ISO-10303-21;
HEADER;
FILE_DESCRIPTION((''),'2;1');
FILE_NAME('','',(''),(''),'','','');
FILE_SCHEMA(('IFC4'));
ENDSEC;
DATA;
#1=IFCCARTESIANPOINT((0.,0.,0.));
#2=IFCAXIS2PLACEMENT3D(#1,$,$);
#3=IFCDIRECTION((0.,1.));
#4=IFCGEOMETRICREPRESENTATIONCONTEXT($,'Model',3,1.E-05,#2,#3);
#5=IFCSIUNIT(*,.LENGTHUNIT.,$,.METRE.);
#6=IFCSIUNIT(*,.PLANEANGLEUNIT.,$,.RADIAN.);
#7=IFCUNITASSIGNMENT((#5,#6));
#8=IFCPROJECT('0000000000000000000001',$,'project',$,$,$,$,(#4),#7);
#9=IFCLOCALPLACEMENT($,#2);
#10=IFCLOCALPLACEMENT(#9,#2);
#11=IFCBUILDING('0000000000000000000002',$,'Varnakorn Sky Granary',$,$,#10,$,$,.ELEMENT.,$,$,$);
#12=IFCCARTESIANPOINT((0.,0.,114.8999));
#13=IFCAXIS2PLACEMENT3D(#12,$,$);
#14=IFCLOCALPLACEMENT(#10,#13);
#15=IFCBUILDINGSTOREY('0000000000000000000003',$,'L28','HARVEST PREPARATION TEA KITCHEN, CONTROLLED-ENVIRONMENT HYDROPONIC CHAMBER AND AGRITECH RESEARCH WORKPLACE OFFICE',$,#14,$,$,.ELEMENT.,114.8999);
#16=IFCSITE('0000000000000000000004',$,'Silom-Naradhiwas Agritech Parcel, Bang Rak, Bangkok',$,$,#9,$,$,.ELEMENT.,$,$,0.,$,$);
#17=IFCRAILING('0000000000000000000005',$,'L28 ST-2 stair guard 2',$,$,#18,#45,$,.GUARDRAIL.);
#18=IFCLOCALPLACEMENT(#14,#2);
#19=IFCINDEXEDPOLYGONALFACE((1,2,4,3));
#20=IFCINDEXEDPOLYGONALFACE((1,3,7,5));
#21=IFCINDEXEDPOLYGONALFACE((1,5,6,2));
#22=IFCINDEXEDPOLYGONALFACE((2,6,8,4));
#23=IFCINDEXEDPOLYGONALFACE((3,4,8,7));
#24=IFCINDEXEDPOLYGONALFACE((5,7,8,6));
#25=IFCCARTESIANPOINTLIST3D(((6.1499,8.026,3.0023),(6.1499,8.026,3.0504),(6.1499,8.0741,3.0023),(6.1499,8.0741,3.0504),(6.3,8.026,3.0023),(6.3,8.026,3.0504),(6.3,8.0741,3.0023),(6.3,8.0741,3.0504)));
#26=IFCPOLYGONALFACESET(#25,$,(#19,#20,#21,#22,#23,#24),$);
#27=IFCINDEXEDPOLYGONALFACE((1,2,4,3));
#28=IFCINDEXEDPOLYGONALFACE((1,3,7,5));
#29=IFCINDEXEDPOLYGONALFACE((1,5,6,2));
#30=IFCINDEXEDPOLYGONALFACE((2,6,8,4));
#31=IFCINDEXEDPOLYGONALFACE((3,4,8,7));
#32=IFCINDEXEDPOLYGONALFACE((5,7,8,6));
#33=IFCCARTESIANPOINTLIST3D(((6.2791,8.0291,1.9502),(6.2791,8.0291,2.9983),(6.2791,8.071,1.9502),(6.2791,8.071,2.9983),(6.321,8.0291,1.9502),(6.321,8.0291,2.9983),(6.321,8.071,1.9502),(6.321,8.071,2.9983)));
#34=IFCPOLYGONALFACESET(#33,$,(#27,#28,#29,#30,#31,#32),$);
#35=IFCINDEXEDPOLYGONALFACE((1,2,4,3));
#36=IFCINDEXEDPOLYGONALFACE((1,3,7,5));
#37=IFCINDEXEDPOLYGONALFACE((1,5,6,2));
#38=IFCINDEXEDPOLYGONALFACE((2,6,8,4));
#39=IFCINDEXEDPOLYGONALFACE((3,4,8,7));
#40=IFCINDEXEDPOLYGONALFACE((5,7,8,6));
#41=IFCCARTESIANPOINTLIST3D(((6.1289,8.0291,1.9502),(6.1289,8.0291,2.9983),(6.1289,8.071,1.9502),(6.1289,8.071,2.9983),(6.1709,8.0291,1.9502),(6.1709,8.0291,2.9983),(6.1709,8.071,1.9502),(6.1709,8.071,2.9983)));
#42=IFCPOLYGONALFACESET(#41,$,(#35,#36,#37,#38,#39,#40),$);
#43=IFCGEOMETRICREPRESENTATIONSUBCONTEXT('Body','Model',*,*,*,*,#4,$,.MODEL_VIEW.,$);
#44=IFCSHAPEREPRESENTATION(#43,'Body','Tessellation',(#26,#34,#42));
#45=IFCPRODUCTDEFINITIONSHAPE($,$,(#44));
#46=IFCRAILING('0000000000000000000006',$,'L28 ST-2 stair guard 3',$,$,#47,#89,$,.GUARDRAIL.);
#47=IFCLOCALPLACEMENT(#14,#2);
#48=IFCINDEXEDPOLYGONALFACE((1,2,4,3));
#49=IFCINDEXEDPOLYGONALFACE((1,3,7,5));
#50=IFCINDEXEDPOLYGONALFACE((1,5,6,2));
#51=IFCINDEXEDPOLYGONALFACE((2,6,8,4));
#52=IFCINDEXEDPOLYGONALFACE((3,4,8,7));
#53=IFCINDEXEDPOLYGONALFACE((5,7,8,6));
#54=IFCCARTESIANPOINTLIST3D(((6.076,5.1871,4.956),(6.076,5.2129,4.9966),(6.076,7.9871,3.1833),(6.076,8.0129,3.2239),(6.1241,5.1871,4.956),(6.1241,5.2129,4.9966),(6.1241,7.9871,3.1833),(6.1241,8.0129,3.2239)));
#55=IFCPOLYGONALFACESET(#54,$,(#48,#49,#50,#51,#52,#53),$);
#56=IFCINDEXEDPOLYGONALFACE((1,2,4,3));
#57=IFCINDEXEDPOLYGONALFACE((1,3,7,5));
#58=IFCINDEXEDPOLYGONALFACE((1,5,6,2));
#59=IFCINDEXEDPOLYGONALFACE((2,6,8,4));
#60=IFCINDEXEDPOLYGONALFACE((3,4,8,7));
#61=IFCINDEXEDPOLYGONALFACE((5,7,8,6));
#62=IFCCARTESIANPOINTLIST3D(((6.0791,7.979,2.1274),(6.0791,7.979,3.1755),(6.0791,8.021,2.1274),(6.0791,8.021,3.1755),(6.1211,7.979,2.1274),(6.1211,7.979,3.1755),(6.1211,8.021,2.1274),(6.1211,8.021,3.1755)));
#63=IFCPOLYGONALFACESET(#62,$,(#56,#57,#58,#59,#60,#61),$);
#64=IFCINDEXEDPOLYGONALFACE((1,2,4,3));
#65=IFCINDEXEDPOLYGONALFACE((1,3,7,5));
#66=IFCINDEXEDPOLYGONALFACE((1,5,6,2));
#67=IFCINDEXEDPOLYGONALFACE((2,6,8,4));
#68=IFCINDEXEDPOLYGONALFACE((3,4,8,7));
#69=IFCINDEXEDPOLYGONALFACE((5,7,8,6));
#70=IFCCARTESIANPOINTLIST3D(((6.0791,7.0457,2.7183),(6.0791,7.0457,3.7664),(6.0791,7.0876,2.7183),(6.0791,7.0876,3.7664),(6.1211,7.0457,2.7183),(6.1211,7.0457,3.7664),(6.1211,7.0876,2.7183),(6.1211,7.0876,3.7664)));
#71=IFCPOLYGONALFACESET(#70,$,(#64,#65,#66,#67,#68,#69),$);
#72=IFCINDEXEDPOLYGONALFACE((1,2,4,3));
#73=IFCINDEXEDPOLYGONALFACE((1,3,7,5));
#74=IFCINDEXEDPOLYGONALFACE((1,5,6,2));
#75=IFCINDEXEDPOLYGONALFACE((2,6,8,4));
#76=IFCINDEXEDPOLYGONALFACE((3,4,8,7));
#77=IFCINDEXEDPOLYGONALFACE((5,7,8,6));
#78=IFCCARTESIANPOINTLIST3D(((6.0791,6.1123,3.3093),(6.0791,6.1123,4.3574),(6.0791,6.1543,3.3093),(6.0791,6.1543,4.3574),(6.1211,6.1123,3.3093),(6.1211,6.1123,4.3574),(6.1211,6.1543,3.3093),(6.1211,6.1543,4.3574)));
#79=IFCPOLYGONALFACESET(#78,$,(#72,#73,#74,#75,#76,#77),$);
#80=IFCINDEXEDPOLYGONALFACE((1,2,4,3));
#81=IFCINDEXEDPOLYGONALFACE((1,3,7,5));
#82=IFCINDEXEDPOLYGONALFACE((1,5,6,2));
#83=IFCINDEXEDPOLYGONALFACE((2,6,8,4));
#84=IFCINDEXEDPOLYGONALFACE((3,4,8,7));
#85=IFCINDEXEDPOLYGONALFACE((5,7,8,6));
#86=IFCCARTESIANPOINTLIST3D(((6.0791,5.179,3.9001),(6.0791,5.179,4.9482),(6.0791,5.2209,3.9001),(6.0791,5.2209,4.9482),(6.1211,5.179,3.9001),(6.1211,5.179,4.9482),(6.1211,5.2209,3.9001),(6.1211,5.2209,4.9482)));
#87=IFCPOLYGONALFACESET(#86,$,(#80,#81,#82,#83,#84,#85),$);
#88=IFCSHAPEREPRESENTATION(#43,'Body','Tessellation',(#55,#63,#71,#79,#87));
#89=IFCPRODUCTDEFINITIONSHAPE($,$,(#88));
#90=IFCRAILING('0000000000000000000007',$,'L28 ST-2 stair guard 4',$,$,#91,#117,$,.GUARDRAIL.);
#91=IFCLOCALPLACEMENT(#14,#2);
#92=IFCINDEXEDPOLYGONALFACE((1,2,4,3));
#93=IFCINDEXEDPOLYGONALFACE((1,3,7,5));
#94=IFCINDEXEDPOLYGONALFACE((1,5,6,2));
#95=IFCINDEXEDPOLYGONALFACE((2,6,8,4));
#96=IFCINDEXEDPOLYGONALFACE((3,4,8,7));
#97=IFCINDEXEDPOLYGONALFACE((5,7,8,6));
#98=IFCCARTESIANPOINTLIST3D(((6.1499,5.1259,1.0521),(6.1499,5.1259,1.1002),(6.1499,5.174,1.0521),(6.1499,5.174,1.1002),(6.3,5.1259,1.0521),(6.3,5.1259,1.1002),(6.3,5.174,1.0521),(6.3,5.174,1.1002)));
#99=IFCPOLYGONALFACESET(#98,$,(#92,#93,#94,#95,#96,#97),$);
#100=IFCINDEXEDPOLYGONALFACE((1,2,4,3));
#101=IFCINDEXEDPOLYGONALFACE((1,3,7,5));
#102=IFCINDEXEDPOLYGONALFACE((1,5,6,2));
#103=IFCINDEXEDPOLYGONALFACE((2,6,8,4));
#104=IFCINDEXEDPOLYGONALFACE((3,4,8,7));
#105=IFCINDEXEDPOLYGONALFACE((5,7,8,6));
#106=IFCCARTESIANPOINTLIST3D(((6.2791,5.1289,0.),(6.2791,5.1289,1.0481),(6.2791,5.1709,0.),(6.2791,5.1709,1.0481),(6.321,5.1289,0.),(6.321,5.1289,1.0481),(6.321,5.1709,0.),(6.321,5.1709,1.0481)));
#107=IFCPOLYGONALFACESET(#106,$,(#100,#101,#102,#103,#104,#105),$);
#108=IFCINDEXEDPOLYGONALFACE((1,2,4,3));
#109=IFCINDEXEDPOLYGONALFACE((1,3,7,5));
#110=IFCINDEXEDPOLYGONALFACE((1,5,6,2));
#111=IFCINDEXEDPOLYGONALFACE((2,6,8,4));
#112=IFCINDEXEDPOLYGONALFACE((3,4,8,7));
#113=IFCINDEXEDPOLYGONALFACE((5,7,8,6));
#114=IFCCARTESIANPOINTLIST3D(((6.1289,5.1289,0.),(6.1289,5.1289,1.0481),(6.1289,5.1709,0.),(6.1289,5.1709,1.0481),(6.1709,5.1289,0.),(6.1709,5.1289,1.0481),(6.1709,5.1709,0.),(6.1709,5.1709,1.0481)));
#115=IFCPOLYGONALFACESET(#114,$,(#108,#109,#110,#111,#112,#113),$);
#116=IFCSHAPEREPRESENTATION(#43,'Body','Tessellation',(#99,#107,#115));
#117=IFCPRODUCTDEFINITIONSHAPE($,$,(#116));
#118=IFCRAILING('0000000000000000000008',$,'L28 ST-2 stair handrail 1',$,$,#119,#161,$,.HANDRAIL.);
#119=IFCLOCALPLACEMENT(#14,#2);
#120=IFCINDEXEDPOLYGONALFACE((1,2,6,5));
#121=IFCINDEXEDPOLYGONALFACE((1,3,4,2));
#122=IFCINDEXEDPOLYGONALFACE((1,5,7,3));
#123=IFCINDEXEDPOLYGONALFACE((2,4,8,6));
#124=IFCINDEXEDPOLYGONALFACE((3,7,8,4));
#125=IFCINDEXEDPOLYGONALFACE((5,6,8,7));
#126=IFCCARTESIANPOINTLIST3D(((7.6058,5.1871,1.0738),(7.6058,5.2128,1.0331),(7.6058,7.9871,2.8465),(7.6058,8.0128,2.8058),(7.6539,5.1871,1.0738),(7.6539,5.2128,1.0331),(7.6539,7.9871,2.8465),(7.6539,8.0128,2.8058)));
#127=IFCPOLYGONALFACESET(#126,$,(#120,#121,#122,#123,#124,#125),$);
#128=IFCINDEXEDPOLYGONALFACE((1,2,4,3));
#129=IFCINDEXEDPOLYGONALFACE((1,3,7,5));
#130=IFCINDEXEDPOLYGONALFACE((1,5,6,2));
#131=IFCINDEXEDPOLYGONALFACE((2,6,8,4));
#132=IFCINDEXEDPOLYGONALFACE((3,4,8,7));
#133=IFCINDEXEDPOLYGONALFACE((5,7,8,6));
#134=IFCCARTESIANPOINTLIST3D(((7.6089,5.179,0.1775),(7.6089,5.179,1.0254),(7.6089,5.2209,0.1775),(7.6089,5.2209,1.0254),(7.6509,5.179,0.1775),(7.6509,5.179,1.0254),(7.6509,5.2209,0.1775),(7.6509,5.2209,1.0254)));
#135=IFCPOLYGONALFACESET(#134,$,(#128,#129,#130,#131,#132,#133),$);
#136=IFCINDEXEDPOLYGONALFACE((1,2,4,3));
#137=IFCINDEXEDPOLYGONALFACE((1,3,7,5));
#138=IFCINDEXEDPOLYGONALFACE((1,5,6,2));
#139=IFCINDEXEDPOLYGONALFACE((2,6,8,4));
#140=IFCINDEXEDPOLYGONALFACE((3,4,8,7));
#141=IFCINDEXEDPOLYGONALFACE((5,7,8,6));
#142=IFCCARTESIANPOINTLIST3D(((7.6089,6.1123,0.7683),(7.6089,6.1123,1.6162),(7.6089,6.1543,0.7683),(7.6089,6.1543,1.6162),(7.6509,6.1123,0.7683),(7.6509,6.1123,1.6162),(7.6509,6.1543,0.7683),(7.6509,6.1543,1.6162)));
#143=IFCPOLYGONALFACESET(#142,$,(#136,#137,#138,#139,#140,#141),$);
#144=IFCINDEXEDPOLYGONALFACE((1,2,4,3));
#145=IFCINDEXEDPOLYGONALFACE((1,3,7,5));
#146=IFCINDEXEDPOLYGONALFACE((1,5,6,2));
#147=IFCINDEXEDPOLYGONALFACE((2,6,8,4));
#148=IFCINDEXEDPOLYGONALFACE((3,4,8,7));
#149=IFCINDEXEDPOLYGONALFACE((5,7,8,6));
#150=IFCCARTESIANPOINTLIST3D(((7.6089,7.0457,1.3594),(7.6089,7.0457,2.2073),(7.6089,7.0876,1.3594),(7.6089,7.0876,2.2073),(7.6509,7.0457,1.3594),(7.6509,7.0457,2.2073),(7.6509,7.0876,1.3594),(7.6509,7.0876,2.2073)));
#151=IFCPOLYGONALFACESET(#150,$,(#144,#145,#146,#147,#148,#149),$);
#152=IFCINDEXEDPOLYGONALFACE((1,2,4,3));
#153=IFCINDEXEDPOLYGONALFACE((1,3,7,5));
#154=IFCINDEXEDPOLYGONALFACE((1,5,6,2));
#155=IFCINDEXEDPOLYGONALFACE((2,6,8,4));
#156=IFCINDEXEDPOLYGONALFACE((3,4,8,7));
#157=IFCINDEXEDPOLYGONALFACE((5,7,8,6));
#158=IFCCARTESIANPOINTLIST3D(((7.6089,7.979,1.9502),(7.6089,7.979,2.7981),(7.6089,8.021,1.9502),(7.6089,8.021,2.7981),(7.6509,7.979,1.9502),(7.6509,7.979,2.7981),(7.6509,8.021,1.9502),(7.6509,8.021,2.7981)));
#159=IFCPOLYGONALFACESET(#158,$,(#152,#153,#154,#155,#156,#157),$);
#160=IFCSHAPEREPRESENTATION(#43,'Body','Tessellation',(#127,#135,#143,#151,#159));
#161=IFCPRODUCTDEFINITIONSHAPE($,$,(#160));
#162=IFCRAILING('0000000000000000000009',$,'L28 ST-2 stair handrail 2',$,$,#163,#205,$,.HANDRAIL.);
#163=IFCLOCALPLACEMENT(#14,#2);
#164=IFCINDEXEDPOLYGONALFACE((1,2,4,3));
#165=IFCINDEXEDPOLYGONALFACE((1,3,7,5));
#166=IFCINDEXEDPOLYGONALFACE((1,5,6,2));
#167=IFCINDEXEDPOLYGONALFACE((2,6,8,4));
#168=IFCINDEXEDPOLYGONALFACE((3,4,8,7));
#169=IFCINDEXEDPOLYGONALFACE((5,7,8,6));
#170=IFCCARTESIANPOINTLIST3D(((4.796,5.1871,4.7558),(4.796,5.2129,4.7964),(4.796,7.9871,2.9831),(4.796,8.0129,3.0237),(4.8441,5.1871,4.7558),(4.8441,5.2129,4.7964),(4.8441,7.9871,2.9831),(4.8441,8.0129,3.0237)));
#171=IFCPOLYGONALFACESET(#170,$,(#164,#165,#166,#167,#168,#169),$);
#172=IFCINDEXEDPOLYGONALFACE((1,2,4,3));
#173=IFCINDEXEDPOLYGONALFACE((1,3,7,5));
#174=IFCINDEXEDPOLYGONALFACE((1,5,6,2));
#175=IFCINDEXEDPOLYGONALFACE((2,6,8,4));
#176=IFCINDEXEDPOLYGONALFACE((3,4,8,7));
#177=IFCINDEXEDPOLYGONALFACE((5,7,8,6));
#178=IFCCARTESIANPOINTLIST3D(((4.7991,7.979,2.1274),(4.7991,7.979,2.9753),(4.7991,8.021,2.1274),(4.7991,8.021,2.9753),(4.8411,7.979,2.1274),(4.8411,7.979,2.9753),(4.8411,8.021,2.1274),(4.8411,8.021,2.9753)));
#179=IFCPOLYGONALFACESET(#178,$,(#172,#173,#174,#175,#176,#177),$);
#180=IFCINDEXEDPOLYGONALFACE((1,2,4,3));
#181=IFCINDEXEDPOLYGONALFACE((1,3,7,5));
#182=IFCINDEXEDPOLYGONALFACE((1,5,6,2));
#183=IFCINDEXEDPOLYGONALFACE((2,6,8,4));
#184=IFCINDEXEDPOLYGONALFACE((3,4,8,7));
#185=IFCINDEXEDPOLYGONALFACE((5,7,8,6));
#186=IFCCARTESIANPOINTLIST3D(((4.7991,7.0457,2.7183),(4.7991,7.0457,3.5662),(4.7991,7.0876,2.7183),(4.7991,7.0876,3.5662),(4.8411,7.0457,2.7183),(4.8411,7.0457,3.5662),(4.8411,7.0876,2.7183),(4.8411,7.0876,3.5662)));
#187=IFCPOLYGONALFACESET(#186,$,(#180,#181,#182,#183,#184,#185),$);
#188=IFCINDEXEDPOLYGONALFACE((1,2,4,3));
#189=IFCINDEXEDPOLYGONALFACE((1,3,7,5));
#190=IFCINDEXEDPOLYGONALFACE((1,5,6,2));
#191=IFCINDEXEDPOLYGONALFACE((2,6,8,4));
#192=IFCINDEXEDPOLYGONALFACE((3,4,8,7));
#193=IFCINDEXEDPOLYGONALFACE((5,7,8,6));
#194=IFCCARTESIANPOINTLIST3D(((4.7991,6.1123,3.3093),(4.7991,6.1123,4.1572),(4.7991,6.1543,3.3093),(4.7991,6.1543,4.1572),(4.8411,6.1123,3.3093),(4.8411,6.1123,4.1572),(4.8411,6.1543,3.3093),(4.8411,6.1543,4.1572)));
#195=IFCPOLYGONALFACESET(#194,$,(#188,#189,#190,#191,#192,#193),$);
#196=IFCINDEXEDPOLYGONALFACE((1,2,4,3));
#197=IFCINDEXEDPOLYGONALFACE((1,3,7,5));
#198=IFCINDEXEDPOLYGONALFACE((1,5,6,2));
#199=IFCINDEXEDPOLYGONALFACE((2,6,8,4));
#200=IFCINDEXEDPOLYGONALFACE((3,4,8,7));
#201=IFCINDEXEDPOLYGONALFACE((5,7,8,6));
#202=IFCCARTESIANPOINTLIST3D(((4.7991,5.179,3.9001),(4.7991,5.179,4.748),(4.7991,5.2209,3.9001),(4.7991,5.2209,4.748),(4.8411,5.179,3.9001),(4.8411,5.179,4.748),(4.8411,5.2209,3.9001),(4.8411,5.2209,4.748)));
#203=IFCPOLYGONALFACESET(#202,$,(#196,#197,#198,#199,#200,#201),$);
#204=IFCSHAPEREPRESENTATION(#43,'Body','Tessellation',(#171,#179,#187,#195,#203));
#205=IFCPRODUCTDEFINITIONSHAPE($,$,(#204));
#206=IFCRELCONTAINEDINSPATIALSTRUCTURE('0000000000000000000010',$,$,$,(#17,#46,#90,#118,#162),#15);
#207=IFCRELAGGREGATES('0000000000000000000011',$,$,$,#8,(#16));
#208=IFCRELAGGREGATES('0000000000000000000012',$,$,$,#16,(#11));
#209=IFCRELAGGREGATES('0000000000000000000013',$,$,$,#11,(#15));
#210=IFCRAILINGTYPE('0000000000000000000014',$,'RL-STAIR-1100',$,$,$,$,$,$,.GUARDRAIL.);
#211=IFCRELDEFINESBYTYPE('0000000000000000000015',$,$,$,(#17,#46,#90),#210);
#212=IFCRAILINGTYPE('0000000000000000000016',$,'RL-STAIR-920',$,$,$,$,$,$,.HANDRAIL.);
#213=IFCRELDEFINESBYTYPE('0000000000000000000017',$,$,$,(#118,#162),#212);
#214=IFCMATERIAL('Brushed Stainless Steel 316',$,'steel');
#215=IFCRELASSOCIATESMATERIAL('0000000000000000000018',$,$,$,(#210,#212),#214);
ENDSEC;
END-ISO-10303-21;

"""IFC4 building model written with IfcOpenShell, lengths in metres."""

from ifc_helpers import new_model, si_unit, direction, frame, origin, origin_2d, place, context, subcontext, project, spatial, rectangle, extrude, material, type_object, element, save


model = new_model("IFC4")

# Units and contexts
model_context = context("Model", 3, precision=1e-05, world=origin(), true_north=direction((0.0, 1.0)))
body_context = subcontext(model_context, "Body", "Model", "MODEL_VIEW")
ifc_project = project(units=[si_unit("LENGTHUNIT", "METRE"), si_unit("PLANEANGLEUNIT", "RADIAN")], contexts=[model_context])

# Site, building, storey
site_placement = place(None, origin())
site = spatial("IfcSite", under=ifc_project, at=site_placement, Name="Silom-Naradhiwas Agritech Parcel, Bang Rak, Bangkok", CompositionType="ELEMENT", RefElevation=0.0)
building_placement = place(site_placement, origin())
building = spatial("IfcBuilding", under=site, at=building_placement, Name="Varnakorn Sky Granary", CompositionType="ELEMENT")
storey_placement = place(building_placement, frame((0.0, 0.0, 114.8999)))
storey = spatial("IfcBuildingStorey", under=building, at=storey_placement, Name="L28", Description="HARVEST PREPARATION TEA KITCHEN, CONTROLLED-ENVIRONMENT HYDROPONIC CHAMBER AND AGRITECH RESEARCH WORKPLACE OFFICE", CompositionType="ELEMENT", Elevation=114.8999)

# Railings
ifc_material_1 = material(Name="Brushed Stainless Steel 316", Category="steel")
railing_type_1 = type_object("IfcRailingType", Name="RL-STAIR-1100", PredefinedType="GUARDRAIL", material=ifc_material_1)
railing_1_placement = place(storey_placement, frame((6.3, 8.05, 1.9502)))
element("IfcRailing", 1, at=railing_1_placement, inside=storey, type_object=railing_type_1, Name="L28 ST-2 stair guard 2", PredefinedType="GUARDRAIL", context=body_context, shape_type="SweptSolid", body=[
    extrude(rectangle(XDim=0.0481, YDim=0.0481, at=origin_2d()), frame((0.0, 0.0, 1.0762), z_axis=(-1.0, 0.0, 0.0), x_axis=(0.0, -1.0, 0.0)), (0.0, 0.0, 1.0), 0.1501),
    extrude(rectangle(XDim=0.042, YDim=0.042, at=origin_2d()), origin(), (0.0, 0.0, 1.0), 1.0481),
    extrude(rectangle(XDim=0.042, YDim=0.042, at=origin_2d()), frame((-0.1501, 0.0, 0.0)), (0.0, 0.0, 1.0), 1.0481),
])
railing_2_placement = place(storey_placement, frame((6.1001, 8.0, 2.1274)))
element("IfcRailing", 2, at=railing_2_placement, inside=storey, type_object=railing_type_1, Name="L28 ST-2 stair guard 3", PredefinedType="GUARDRAIL", context=body_context, shape_type="SweptSolid", body=[
    extrude(rectangle(XDim=0.0481, YDim=0.0481, at=origin_2d()), frame((0.0, 0.0, 1.0762), z_axis=(0.0, -0.844909, 0.53491), x_axis=(1.0, 0.0, 0.0)), (0.0, 0.0, 1.0), 3.314),
    extrude(rectangle(XDim=0.042, YDim=0.042, at=origin_2d()), origin(), (0.0, 0.0, 1.0), 1.0481),
    extrude(rectangle(XDim=0.042, YDim=0.042, at=origin_2d()), frame((0.0, -0.9333, 0.5908)), (0.0, 0.0, 1.0), 1.0481),
    extrude(rectangle(XDim=0.042, YDim=0.042, at=origin_2d()), frame((0.0, -1.8667, 1.1819)), (0.0, 0.0, 1.0), 1.0481),
    extrude(rectangle(XDim=0.042, YDim=0.042, at=origin_2d()), frame((0.0, -2.8, 1.7727)), (0.0, 0.0, 1.0), 1.0481),
])
railing_3_placement = place(storey_placement, frame((6.3, 5.1499, 0.0)))
element("IfcRailing", 3, at=railing_3_placement, inside=storey, type_object=railing_type_1, Name="L28 ST-2 stair guard 4", PredefinedType="GUARDRAIL", context=body_context, shape_type="SweptSolid", body=[
    extrude(rectangle(XDim=0.0481, YDim=0.0481, at=origin_2d()), frame((0.0, 0.0, 1.0762), z_axis=(-1.0, 0.0, 0.0), x_axis=(0.0, -1.0, 0.0)), (0.0, 0.0, 1.0), 0.1501),
    extrude(rectangle(XDim=0.042, YDim=0.042, at=origin_2d()), origin(), (0.0, 0.0, 1.0), 1.0481),
    extrude(rectangle(XDim=0.042, YDim=0.042, at=origin_2d()), frame((-0.1501, 0.0, 0.0)), (0.0, 0.0, 1.0), 1.0481),
])
railing_type_2 = type_object("IfcRailingType", Name="RL-STAIR-920", PredefinedType="HANDRAIL", material=ifc_material_1)
railing_4_placement = place(storey_placement, frame((7.6299, 5.2, 0.1775)))
element("IfcRailing", 4, at=railing_4_placement, inside=storey, type_object=railing_type_2, Name="L28 ST-2 stair handrail 1", PredefinedType="HANDRAIL", context=body_context, shape_type="SweptSolid", body=[
    extrude(rectangle(XDim=0.0481, YDim=0.0481, at=origin_2d()), frame((0.0, 0.0, 0.876), z_axis=(0.0, 0.844909, 0.53491), x_axis=(-1.0, 0.0, 0.0)), (0.0, 0.0, 1.0), 3.314),
    extrude(rectangle(XDim=0.042, YDim=0.042, at=origin_2d()), origin(), (0.0, 0.0, 1.0), 0.8479),
    extrude(rectangle(XDim=0.042, YDim=0.042, at=origin_2d()), frame((0.0, 0.9333, 0.5908)), (0.0, 0.0, 1.0), 0.8479),
    extrude(rectangle(XDim=0.042, YDim=0.042, at=origin_2d()), frame((0.0, 1.8667, 1.1819)), (0.0, 0.0, 1.0), 0.8479),
    extrude(rectangle(XDim=0.042, YDim=0.042, at=origin_2d()), frame((0.0, 2.8, 1.7727)), (0.0, 0.0, 1.0), 0.8479),
])
railing_5_placement = place(storey_placement, frame((4.8201, 8.0, 2.1274)))
element("IfcRailing", 5, at=railing_5_placement, inside=storey, type_object=railing_type_2, Name="L28 ST-2 stair handrail 2", PredefinedType="HANDRAIL", context=body_context, shape_type="SweptSolid", body=[
    extrude(rectangle(XDim=0.0481, YDim=0.0481, at=origin_2d()), frame((0.0, 0.0, 0.876), z_axis=(0.0, -0.844909, 0.53491), x_axis=(1.0, 0.0, 0.0)), (0.0, 0.0, 1.0), 3.314),
    extrude(rectangle(XDim=0.042, YDim=0.042, at=origin_2d()), origin(), (0.0, 0.0, 1.0), 0.8479),
    extrude(rectangle(XDim=0.042, YDim=0.042, at=origin_2d()), frame((0.0, -0.9333, 0.5908)), (0.0, 0.0, 1.0), 0.8479),
    extrude(rectangle(XDim=0.042, YDim=0.042, at=origin_2d()), frame((0.0, -1.8667, 1.1819)), (0.0, 0.0, 1.0), 0.8479),
    extrude(rectangle(XDim=0.042, YDim=0.042, at=origin_2d()), frame((0.0, -2.8, 1.7727)), (0.0, 0.0, 1.0), 0.8479),
])

save(model, "model.ifc")
